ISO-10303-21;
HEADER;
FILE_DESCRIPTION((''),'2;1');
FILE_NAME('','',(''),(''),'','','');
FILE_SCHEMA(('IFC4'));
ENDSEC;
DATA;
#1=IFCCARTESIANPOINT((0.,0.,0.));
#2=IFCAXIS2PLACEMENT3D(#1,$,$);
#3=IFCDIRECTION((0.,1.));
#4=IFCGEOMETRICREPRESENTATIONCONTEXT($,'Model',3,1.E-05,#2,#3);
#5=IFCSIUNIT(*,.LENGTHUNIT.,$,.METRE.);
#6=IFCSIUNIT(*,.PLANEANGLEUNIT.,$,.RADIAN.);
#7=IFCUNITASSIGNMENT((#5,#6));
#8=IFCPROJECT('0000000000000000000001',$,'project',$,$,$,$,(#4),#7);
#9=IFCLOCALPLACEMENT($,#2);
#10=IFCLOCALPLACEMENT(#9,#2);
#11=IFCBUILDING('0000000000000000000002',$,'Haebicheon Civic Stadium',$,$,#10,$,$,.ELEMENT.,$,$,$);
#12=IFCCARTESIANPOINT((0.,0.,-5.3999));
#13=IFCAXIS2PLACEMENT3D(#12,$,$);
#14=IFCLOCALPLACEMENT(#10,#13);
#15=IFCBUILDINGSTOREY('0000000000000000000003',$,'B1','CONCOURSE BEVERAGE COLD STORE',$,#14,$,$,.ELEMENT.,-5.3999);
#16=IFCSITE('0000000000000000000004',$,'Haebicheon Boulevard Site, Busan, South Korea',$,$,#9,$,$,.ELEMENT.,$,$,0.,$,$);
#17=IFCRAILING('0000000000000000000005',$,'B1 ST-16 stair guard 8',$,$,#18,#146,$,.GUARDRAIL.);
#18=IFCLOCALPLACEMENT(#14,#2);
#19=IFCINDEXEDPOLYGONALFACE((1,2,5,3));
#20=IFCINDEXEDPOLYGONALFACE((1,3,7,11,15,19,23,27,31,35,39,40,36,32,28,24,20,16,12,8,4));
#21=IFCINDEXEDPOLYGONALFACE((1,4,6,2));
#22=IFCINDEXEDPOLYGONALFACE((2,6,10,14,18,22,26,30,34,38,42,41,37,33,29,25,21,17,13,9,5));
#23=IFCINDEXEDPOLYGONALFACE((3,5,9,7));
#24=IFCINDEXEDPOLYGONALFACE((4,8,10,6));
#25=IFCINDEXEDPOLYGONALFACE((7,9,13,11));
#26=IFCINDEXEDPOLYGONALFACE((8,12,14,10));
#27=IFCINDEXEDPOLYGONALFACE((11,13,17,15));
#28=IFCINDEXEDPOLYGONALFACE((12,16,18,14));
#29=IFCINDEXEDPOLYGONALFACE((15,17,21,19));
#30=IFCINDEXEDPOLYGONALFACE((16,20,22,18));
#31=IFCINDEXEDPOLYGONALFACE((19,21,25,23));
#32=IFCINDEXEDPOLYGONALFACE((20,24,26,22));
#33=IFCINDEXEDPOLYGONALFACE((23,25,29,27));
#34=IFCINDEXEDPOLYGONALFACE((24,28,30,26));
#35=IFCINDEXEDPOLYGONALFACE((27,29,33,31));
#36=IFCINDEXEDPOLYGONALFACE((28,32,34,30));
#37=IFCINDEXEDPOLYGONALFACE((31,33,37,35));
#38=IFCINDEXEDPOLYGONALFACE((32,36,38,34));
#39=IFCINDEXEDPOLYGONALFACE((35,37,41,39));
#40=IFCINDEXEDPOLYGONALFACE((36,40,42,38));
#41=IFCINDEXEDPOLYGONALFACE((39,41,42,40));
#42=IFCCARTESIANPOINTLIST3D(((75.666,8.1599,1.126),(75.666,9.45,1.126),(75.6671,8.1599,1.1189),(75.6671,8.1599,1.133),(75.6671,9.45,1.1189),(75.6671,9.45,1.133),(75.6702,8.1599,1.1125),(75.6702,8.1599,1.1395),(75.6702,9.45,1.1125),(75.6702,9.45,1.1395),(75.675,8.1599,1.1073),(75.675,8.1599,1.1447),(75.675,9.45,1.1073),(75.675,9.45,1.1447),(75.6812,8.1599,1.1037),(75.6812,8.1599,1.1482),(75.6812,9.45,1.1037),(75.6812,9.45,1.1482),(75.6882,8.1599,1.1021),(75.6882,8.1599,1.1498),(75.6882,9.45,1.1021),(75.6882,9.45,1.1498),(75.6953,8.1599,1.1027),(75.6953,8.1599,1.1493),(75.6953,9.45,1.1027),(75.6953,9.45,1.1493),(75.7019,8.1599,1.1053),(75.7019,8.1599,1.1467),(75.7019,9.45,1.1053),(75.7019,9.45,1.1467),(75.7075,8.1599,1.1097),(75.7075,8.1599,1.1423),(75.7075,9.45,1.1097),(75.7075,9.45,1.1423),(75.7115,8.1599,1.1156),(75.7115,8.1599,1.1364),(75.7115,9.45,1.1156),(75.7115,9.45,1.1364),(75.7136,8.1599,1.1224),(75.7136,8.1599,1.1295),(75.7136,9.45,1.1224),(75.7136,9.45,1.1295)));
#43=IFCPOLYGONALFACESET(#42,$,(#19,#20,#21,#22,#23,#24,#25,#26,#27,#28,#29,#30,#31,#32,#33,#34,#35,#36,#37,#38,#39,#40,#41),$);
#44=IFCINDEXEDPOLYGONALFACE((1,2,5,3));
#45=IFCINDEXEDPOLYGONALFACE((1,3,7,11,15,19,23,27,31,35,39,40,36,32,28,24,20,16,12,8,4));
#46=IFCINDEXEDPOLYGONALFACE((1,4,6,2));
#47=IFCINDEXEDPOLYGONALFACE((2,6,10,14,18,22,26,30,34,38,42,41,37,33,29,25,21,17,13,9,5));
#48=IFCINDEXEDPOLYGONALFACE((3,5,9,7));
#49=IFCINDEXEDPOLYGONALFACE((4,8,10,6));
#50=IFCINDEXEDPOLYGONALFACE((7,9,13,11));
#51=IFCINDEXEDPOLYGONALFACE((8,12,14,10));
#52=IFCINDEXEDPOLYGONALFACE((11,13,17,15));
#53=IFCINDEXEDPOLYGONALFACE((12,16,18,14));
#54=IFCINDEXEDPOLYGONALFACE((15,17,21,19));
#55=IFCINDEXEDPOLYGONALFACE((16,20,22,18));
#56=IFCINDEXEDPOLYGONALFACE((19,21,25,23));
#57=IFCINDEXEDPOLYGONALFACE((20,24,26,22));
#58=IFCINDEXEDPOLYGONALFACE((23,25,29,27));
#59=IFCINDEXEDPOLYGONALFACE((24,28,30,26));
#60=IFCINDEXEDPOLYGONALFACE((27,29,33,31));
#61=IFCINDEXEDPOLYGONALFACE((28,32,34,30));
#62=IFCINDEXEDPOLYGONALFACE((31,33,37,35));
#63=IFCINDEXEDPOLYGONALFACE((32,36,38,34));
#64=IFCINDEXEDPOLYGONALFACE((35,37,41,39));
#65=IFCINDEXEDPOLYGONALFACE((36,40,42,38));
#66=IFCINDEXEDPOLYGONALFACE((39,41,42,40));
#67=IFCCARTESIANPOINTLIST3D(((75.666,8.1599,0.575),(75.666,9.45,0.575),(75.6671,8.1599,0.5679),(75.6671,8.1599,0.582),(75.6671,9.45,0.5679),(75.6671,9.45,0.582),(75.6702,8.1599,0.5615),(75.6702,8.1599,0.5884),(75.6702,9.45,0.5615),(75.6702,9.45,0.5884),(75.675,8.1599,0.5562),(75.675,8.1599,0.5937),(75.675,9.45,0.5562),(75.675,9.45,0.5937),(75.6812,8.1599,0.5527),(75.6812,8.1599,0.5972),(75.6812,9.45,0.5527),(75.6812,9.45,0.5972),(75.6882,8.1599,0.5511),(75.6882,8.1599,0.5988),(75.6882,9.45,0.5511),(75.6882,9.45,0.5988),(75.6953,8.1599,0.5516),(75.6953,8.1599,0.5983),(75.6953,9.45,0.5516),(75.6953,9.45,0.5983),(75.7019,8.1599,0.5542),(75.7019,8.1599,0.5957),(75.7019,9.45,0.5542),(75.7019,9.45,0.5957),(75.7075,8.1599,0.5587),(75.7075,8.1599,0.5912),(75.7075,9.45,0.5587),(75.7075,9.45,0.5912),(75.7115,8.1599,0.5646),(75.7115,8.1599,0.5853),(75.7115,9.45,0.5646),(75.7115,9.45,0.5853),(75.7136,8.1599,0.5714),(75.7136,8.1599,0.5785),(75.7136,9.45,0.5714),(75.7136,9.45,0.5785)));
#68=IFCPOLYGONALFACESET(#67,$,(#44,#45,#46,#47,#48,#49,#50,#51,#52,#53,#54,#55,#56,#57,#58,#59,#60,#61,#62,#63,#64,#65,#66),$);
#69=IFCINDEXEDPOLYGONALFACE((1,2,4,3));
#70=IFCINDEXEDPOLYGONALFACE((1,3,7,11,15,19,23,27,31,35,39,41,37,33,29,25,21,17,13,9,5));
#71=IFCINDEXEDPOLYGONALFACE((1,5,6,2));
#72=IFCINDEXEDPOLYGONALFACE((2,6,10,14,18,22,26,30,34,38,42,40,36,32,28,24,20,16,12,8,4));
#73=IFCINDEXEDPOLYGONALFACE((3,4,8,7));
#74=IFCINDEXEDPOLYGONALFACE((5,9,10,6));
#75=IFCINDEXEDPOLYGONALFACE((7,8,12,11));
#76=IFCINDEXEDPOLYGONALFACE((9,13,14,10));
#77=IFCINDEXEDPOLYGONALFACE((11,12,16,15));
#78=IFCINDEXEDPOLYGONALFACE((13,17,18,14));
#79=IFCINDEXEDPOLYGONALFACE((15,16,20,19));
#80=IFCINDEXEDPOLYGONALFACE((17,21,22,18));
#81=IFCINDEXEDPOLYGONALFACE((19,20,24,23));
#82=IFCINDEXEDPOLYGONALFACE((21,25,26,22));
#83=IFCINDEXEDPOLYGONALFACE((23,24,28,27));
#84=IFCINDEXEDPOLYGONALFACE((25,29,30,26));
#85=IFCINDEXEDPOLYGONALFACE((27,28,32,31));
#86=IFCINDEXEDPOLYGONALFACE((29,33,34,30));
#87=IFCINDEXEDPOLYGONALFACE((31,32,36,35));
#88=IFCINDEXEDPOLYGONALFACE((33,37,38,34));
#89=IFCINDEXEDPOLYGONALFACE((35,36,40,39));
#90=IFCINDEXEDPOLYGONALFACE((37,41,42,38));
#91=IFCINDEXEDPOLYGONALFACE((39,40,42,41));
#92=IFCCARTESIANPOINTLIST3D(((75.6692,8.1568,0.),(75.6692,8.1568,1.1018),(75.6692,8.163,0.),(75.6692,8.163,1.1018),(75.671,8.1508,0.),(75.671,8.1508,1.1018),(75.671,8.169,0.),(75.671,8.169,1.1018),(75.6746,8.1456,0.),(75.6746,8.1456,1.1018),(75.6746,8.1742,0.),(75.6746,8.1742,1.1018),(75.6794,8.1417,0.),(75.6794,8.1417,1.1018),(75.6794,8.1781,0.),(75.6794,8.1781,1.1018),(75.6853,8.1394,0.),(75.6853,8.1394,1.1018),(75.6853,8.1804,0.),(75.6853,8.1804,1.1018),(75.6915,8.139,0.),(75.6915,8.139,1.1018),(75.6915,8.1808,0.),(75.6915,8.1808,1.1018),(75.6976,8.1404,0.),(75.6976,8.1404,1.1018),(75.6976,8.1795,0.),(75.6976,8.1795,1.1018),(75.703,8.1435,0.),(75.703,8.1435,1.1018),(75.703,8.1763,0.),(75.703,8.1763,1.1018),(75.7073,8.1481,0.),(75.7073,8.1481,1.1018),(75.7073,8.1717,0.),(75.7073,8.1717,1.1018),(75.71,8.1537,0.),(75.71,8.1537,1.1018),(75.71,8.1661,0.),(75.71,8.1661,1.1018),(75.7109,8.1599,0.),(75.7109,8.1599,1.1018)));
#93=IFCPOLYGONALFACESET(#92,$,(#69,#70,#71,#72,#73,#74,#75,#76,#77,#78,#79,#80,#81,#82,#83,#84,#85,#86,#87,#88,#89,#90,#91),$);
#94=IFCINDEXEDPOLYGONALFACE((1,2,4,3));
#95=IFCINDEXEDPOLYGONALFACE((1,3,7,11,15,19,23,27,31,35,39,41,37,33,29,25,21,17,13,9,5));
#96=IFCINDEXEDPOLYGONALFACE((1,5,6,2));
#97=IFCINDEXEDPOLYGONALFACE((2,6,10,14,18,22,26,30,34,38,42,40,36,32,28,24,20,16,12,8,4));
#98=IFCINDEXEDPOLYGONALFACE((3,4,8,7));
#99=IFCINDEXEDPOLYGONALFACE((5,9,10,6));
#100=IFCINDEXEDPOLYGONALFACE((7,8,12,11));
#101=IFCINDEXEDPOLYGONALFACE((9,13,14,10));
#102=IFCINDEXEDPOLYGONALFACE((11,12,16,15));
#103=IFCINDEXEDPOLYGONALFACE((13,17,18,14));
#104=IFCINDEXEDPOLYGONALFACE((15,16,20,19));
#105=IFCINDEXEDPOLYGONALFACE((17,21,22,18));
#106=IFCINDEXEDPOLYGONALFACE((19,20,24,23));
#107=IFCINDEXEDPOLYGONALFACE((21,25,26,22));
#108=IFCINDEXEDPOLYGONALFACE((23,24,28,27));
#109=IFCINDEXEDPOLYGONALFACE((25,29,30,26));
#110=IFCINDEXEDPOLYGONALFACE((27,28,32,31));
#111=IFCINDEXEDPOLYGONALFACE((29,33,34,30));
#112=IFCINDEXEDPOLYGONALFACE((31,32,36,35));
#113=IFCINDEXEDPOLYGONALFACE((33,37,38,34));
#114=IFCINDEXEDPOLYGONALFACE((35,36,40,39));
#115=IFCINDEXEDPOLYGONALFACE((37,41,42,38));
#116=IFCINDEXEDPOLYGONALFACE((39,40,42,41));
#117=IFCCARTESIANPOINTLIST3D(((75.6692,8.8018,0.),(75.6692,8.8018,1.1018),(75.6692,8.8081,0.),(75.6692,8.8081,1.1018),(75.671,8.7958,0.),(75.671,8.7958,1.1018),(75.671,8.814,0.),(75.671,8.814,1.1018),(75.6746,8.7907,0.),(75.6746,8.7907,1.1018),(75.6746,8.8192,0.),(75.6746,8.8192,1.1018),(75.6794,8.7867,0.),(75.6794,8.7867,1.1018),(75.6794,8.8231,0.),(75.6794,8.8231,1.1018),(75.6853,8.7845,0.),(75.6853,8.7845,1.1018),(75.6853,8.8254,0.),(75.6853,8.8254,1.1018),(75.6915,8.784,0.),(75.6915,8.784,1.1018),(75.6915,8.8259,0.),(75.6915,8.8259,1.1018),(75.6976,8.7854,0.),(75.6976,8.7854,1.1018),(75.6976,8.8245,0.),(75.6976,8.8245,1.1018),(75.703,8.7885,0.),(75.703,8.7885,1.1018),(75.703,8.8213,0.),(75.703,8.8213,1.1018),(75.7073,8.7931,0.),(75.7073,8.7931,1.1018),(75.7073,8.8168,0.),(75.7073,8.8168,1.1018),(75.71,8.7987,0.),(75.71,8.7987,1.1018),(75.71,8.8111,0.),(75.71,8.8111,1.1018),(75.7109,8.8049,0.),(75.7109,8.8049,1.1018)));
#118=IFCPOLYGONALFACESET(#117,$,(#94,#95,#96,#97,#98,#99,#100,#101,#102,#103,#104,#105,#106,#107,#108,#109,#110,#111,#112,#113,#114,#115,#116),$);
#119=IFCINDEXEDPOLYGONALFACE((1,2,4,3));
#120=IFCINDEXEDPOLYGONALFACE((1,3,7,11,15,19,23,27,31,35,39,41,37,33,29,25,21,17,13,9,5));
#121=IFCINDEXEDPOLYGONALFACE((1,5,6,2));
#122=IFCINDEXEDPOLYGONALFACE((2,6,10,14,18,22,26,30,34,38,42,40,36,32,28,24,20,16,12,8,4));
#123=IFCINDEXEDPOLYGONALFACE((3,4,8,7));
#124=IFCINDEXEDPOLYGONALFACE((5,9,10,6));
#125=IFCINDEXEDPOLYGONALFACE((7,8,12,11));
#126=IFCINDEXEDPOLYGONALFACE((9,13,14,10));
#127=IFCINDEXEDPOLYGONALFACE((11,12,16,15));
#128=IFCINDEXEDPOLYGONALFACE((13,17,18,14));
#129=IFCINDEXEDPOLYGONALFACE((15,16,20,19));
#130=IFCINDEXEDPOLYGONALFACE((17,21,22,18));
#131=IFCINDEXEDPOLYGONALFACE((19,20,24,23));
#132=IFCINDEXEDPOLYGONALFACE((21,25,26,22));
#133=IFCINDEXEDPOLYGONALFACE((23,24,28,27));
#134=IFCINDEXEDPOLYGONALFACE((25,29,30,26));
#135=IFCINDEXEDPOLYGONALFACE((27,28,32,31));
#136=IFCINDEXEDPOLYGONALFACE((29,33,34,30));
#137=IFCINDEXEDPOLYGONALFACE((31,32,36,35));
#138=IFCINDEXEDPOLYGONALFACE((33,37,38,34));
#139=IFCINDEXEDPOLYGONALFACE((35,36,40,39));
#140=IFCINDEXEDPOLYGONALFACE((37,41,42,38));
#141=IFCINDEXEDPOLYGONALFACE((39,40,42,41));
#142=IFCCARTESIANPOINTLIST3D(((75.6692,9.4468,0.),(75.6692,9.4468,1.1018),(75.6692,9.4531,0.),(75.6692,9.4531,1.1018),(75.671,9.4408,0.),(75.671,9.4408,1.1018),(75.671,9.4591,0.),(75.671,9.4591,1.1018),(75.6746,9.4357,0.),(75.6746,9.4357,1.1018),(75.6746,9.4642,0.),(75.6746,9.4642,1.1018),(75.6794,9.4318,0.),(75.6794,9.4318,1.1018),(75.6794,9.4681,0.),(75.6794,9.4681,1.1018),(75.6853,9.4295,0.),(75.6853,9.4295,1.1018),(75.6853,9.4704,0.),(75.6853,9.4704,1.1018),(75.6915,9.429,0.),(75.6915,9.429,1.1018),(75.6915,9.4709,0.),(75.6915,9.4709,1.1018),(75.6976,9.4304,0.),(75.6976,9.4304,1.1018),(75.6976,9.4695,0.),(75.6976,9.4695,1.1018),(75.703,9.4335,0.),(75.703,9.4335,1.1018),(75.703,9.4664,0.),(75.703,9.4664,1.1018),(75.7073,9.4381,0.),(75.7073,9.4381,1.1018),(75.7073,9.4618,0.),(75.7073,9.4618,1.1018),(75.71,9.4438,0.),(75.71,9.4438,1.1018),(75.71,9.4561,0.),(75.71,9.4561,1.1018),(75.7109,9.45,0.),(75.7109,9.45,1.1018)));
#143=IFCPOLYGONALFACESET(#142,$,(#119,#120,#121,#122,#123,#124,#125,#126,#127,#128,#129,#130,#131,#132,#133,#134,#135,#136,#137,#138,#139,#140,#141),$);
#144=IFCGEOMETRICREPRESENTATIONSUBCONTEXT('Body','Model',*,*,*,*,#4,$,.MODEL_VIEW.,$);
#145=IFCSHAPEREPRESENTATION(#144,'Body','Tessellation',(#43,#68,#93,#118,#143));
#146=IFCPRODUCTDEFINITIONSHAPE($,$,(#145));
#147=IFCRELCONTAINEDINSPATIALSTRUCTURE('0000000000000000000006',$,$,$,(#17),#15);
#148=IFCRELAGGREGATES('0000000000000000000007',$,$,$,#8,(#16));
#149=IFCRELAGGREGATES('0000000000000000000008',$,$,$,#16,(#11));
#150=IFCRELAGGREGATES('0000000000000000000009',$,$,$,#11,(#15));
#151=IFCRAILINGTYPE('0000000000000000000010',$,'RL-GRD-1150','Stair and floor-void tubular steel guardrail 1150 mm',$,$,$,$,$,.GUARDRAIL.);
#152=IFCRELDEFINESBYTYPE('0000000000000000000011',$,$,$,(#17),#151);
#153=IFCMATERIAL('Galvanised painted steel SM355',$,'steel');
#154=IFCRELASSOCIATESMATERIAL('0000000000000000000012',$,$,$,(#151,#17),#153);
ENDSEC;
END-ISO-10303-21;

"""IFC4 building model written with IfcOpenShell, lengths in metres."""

from ifc_helpers import new_model, si_unit, direction, frame, origin, origin_2d, place, context, subcontext, project, spatial, circle, extrude, material, type_object, element, save


model = new_model("IFC4")

# Units and contexts
model_context = context("Model", 3, precision=1e-05, world=origin(), true_north=direction((0.0, 1.0)))
body_context = subcontext(model_context, "Body", "Model", "MODEL_VIEW")
ifc_project = project(units=[si_unit("LENGTHUNIT", "METRE"), si_unit("PLANEANGLEUNIT", "RADIAN")], contexts=[model_context])

# Site, building, storey
site_placement = place(None, origin())
site = spatial("IfcSite", under=ifc_project, at=site_placement, Name="Haebicheon Boulevard Site, Busan, South Korea", CompositionType="ELEMENT", RefElevation=0.0)
building_placement = place(site_placement, origin())
building = spatial("IfcBuilding", under=site, at=building_placement, Name="Haebicheon Civic Stadium", CompositionType="ELEMENT")
storey_placement = place(building_placement, frame((0.0, 0.0, -5.3999)))
storey = spatial("IfcBuildingStorey", under=building, at=storey_placement, Name="B1", Description="CONCOURSE BEVERAGE COLD STORE", CompositionType="ELEMENT", Elevation=-5.3999)

# Railing
ifc_material_1 = material(Name="Galvanised painted steel SM355", Category="steel")
railing_type = type_object("IfcRailingType", Name="RL-GRD-1150", Description="Stair and floor-void tubular steel guardrail 1150 mm", PredefinedType="GUARDRAIL", material=ifc_material_1)
for number, where, name in (
    (1, (75.6899, 8.1599, 0.0), "B1 ST-16 stair guard 8"),
):
    element("IfcRailing", number, at=place(storey_placement, frame(where)), inside=storey, type_object=railing_type, material=ifc_material_1, Name=name, PredefinedType="GUARDRAIL", context=body_context, shape_type="SweptSolid", body=[
        extrude(circle(Radius=0.0239, at=origin_2d()), frame((0.0, 0.0, 1.126), z_axis=(0.0, 1.0, 0.0), x_axis=(-1.0, 0.0, 0.0)), (0.0, 0.0, 1.0), 1.29),
        extrude(circle(Radius=0.0239, at=origin_2d()), frame((0.0, 0.0, 0.575), z_axis=(0.0, 1.0, 0.0), x_axis=(-1.0, 0.0, 0.0)), (0.0, 0.0, 1.0), 1.29),
        extrude(circle(Radius=0.021, at=origin_2d()), origin(), (0.0, 0.0, 1.0), 1.1018),
        extrude(circle(Radius=0.021, at=origin_2d()), frame((0.0, 0.645, 0.0)), (0.0, 0.0, 1.0), 1.1018),
        extrude(circle(Radius=0.021, at=origin_2d()), frame((0.0, 1.29, 0.0)), (0.0, 0.0, 1.0), 1.1018),
    ])

save(model, "model.ifc")
